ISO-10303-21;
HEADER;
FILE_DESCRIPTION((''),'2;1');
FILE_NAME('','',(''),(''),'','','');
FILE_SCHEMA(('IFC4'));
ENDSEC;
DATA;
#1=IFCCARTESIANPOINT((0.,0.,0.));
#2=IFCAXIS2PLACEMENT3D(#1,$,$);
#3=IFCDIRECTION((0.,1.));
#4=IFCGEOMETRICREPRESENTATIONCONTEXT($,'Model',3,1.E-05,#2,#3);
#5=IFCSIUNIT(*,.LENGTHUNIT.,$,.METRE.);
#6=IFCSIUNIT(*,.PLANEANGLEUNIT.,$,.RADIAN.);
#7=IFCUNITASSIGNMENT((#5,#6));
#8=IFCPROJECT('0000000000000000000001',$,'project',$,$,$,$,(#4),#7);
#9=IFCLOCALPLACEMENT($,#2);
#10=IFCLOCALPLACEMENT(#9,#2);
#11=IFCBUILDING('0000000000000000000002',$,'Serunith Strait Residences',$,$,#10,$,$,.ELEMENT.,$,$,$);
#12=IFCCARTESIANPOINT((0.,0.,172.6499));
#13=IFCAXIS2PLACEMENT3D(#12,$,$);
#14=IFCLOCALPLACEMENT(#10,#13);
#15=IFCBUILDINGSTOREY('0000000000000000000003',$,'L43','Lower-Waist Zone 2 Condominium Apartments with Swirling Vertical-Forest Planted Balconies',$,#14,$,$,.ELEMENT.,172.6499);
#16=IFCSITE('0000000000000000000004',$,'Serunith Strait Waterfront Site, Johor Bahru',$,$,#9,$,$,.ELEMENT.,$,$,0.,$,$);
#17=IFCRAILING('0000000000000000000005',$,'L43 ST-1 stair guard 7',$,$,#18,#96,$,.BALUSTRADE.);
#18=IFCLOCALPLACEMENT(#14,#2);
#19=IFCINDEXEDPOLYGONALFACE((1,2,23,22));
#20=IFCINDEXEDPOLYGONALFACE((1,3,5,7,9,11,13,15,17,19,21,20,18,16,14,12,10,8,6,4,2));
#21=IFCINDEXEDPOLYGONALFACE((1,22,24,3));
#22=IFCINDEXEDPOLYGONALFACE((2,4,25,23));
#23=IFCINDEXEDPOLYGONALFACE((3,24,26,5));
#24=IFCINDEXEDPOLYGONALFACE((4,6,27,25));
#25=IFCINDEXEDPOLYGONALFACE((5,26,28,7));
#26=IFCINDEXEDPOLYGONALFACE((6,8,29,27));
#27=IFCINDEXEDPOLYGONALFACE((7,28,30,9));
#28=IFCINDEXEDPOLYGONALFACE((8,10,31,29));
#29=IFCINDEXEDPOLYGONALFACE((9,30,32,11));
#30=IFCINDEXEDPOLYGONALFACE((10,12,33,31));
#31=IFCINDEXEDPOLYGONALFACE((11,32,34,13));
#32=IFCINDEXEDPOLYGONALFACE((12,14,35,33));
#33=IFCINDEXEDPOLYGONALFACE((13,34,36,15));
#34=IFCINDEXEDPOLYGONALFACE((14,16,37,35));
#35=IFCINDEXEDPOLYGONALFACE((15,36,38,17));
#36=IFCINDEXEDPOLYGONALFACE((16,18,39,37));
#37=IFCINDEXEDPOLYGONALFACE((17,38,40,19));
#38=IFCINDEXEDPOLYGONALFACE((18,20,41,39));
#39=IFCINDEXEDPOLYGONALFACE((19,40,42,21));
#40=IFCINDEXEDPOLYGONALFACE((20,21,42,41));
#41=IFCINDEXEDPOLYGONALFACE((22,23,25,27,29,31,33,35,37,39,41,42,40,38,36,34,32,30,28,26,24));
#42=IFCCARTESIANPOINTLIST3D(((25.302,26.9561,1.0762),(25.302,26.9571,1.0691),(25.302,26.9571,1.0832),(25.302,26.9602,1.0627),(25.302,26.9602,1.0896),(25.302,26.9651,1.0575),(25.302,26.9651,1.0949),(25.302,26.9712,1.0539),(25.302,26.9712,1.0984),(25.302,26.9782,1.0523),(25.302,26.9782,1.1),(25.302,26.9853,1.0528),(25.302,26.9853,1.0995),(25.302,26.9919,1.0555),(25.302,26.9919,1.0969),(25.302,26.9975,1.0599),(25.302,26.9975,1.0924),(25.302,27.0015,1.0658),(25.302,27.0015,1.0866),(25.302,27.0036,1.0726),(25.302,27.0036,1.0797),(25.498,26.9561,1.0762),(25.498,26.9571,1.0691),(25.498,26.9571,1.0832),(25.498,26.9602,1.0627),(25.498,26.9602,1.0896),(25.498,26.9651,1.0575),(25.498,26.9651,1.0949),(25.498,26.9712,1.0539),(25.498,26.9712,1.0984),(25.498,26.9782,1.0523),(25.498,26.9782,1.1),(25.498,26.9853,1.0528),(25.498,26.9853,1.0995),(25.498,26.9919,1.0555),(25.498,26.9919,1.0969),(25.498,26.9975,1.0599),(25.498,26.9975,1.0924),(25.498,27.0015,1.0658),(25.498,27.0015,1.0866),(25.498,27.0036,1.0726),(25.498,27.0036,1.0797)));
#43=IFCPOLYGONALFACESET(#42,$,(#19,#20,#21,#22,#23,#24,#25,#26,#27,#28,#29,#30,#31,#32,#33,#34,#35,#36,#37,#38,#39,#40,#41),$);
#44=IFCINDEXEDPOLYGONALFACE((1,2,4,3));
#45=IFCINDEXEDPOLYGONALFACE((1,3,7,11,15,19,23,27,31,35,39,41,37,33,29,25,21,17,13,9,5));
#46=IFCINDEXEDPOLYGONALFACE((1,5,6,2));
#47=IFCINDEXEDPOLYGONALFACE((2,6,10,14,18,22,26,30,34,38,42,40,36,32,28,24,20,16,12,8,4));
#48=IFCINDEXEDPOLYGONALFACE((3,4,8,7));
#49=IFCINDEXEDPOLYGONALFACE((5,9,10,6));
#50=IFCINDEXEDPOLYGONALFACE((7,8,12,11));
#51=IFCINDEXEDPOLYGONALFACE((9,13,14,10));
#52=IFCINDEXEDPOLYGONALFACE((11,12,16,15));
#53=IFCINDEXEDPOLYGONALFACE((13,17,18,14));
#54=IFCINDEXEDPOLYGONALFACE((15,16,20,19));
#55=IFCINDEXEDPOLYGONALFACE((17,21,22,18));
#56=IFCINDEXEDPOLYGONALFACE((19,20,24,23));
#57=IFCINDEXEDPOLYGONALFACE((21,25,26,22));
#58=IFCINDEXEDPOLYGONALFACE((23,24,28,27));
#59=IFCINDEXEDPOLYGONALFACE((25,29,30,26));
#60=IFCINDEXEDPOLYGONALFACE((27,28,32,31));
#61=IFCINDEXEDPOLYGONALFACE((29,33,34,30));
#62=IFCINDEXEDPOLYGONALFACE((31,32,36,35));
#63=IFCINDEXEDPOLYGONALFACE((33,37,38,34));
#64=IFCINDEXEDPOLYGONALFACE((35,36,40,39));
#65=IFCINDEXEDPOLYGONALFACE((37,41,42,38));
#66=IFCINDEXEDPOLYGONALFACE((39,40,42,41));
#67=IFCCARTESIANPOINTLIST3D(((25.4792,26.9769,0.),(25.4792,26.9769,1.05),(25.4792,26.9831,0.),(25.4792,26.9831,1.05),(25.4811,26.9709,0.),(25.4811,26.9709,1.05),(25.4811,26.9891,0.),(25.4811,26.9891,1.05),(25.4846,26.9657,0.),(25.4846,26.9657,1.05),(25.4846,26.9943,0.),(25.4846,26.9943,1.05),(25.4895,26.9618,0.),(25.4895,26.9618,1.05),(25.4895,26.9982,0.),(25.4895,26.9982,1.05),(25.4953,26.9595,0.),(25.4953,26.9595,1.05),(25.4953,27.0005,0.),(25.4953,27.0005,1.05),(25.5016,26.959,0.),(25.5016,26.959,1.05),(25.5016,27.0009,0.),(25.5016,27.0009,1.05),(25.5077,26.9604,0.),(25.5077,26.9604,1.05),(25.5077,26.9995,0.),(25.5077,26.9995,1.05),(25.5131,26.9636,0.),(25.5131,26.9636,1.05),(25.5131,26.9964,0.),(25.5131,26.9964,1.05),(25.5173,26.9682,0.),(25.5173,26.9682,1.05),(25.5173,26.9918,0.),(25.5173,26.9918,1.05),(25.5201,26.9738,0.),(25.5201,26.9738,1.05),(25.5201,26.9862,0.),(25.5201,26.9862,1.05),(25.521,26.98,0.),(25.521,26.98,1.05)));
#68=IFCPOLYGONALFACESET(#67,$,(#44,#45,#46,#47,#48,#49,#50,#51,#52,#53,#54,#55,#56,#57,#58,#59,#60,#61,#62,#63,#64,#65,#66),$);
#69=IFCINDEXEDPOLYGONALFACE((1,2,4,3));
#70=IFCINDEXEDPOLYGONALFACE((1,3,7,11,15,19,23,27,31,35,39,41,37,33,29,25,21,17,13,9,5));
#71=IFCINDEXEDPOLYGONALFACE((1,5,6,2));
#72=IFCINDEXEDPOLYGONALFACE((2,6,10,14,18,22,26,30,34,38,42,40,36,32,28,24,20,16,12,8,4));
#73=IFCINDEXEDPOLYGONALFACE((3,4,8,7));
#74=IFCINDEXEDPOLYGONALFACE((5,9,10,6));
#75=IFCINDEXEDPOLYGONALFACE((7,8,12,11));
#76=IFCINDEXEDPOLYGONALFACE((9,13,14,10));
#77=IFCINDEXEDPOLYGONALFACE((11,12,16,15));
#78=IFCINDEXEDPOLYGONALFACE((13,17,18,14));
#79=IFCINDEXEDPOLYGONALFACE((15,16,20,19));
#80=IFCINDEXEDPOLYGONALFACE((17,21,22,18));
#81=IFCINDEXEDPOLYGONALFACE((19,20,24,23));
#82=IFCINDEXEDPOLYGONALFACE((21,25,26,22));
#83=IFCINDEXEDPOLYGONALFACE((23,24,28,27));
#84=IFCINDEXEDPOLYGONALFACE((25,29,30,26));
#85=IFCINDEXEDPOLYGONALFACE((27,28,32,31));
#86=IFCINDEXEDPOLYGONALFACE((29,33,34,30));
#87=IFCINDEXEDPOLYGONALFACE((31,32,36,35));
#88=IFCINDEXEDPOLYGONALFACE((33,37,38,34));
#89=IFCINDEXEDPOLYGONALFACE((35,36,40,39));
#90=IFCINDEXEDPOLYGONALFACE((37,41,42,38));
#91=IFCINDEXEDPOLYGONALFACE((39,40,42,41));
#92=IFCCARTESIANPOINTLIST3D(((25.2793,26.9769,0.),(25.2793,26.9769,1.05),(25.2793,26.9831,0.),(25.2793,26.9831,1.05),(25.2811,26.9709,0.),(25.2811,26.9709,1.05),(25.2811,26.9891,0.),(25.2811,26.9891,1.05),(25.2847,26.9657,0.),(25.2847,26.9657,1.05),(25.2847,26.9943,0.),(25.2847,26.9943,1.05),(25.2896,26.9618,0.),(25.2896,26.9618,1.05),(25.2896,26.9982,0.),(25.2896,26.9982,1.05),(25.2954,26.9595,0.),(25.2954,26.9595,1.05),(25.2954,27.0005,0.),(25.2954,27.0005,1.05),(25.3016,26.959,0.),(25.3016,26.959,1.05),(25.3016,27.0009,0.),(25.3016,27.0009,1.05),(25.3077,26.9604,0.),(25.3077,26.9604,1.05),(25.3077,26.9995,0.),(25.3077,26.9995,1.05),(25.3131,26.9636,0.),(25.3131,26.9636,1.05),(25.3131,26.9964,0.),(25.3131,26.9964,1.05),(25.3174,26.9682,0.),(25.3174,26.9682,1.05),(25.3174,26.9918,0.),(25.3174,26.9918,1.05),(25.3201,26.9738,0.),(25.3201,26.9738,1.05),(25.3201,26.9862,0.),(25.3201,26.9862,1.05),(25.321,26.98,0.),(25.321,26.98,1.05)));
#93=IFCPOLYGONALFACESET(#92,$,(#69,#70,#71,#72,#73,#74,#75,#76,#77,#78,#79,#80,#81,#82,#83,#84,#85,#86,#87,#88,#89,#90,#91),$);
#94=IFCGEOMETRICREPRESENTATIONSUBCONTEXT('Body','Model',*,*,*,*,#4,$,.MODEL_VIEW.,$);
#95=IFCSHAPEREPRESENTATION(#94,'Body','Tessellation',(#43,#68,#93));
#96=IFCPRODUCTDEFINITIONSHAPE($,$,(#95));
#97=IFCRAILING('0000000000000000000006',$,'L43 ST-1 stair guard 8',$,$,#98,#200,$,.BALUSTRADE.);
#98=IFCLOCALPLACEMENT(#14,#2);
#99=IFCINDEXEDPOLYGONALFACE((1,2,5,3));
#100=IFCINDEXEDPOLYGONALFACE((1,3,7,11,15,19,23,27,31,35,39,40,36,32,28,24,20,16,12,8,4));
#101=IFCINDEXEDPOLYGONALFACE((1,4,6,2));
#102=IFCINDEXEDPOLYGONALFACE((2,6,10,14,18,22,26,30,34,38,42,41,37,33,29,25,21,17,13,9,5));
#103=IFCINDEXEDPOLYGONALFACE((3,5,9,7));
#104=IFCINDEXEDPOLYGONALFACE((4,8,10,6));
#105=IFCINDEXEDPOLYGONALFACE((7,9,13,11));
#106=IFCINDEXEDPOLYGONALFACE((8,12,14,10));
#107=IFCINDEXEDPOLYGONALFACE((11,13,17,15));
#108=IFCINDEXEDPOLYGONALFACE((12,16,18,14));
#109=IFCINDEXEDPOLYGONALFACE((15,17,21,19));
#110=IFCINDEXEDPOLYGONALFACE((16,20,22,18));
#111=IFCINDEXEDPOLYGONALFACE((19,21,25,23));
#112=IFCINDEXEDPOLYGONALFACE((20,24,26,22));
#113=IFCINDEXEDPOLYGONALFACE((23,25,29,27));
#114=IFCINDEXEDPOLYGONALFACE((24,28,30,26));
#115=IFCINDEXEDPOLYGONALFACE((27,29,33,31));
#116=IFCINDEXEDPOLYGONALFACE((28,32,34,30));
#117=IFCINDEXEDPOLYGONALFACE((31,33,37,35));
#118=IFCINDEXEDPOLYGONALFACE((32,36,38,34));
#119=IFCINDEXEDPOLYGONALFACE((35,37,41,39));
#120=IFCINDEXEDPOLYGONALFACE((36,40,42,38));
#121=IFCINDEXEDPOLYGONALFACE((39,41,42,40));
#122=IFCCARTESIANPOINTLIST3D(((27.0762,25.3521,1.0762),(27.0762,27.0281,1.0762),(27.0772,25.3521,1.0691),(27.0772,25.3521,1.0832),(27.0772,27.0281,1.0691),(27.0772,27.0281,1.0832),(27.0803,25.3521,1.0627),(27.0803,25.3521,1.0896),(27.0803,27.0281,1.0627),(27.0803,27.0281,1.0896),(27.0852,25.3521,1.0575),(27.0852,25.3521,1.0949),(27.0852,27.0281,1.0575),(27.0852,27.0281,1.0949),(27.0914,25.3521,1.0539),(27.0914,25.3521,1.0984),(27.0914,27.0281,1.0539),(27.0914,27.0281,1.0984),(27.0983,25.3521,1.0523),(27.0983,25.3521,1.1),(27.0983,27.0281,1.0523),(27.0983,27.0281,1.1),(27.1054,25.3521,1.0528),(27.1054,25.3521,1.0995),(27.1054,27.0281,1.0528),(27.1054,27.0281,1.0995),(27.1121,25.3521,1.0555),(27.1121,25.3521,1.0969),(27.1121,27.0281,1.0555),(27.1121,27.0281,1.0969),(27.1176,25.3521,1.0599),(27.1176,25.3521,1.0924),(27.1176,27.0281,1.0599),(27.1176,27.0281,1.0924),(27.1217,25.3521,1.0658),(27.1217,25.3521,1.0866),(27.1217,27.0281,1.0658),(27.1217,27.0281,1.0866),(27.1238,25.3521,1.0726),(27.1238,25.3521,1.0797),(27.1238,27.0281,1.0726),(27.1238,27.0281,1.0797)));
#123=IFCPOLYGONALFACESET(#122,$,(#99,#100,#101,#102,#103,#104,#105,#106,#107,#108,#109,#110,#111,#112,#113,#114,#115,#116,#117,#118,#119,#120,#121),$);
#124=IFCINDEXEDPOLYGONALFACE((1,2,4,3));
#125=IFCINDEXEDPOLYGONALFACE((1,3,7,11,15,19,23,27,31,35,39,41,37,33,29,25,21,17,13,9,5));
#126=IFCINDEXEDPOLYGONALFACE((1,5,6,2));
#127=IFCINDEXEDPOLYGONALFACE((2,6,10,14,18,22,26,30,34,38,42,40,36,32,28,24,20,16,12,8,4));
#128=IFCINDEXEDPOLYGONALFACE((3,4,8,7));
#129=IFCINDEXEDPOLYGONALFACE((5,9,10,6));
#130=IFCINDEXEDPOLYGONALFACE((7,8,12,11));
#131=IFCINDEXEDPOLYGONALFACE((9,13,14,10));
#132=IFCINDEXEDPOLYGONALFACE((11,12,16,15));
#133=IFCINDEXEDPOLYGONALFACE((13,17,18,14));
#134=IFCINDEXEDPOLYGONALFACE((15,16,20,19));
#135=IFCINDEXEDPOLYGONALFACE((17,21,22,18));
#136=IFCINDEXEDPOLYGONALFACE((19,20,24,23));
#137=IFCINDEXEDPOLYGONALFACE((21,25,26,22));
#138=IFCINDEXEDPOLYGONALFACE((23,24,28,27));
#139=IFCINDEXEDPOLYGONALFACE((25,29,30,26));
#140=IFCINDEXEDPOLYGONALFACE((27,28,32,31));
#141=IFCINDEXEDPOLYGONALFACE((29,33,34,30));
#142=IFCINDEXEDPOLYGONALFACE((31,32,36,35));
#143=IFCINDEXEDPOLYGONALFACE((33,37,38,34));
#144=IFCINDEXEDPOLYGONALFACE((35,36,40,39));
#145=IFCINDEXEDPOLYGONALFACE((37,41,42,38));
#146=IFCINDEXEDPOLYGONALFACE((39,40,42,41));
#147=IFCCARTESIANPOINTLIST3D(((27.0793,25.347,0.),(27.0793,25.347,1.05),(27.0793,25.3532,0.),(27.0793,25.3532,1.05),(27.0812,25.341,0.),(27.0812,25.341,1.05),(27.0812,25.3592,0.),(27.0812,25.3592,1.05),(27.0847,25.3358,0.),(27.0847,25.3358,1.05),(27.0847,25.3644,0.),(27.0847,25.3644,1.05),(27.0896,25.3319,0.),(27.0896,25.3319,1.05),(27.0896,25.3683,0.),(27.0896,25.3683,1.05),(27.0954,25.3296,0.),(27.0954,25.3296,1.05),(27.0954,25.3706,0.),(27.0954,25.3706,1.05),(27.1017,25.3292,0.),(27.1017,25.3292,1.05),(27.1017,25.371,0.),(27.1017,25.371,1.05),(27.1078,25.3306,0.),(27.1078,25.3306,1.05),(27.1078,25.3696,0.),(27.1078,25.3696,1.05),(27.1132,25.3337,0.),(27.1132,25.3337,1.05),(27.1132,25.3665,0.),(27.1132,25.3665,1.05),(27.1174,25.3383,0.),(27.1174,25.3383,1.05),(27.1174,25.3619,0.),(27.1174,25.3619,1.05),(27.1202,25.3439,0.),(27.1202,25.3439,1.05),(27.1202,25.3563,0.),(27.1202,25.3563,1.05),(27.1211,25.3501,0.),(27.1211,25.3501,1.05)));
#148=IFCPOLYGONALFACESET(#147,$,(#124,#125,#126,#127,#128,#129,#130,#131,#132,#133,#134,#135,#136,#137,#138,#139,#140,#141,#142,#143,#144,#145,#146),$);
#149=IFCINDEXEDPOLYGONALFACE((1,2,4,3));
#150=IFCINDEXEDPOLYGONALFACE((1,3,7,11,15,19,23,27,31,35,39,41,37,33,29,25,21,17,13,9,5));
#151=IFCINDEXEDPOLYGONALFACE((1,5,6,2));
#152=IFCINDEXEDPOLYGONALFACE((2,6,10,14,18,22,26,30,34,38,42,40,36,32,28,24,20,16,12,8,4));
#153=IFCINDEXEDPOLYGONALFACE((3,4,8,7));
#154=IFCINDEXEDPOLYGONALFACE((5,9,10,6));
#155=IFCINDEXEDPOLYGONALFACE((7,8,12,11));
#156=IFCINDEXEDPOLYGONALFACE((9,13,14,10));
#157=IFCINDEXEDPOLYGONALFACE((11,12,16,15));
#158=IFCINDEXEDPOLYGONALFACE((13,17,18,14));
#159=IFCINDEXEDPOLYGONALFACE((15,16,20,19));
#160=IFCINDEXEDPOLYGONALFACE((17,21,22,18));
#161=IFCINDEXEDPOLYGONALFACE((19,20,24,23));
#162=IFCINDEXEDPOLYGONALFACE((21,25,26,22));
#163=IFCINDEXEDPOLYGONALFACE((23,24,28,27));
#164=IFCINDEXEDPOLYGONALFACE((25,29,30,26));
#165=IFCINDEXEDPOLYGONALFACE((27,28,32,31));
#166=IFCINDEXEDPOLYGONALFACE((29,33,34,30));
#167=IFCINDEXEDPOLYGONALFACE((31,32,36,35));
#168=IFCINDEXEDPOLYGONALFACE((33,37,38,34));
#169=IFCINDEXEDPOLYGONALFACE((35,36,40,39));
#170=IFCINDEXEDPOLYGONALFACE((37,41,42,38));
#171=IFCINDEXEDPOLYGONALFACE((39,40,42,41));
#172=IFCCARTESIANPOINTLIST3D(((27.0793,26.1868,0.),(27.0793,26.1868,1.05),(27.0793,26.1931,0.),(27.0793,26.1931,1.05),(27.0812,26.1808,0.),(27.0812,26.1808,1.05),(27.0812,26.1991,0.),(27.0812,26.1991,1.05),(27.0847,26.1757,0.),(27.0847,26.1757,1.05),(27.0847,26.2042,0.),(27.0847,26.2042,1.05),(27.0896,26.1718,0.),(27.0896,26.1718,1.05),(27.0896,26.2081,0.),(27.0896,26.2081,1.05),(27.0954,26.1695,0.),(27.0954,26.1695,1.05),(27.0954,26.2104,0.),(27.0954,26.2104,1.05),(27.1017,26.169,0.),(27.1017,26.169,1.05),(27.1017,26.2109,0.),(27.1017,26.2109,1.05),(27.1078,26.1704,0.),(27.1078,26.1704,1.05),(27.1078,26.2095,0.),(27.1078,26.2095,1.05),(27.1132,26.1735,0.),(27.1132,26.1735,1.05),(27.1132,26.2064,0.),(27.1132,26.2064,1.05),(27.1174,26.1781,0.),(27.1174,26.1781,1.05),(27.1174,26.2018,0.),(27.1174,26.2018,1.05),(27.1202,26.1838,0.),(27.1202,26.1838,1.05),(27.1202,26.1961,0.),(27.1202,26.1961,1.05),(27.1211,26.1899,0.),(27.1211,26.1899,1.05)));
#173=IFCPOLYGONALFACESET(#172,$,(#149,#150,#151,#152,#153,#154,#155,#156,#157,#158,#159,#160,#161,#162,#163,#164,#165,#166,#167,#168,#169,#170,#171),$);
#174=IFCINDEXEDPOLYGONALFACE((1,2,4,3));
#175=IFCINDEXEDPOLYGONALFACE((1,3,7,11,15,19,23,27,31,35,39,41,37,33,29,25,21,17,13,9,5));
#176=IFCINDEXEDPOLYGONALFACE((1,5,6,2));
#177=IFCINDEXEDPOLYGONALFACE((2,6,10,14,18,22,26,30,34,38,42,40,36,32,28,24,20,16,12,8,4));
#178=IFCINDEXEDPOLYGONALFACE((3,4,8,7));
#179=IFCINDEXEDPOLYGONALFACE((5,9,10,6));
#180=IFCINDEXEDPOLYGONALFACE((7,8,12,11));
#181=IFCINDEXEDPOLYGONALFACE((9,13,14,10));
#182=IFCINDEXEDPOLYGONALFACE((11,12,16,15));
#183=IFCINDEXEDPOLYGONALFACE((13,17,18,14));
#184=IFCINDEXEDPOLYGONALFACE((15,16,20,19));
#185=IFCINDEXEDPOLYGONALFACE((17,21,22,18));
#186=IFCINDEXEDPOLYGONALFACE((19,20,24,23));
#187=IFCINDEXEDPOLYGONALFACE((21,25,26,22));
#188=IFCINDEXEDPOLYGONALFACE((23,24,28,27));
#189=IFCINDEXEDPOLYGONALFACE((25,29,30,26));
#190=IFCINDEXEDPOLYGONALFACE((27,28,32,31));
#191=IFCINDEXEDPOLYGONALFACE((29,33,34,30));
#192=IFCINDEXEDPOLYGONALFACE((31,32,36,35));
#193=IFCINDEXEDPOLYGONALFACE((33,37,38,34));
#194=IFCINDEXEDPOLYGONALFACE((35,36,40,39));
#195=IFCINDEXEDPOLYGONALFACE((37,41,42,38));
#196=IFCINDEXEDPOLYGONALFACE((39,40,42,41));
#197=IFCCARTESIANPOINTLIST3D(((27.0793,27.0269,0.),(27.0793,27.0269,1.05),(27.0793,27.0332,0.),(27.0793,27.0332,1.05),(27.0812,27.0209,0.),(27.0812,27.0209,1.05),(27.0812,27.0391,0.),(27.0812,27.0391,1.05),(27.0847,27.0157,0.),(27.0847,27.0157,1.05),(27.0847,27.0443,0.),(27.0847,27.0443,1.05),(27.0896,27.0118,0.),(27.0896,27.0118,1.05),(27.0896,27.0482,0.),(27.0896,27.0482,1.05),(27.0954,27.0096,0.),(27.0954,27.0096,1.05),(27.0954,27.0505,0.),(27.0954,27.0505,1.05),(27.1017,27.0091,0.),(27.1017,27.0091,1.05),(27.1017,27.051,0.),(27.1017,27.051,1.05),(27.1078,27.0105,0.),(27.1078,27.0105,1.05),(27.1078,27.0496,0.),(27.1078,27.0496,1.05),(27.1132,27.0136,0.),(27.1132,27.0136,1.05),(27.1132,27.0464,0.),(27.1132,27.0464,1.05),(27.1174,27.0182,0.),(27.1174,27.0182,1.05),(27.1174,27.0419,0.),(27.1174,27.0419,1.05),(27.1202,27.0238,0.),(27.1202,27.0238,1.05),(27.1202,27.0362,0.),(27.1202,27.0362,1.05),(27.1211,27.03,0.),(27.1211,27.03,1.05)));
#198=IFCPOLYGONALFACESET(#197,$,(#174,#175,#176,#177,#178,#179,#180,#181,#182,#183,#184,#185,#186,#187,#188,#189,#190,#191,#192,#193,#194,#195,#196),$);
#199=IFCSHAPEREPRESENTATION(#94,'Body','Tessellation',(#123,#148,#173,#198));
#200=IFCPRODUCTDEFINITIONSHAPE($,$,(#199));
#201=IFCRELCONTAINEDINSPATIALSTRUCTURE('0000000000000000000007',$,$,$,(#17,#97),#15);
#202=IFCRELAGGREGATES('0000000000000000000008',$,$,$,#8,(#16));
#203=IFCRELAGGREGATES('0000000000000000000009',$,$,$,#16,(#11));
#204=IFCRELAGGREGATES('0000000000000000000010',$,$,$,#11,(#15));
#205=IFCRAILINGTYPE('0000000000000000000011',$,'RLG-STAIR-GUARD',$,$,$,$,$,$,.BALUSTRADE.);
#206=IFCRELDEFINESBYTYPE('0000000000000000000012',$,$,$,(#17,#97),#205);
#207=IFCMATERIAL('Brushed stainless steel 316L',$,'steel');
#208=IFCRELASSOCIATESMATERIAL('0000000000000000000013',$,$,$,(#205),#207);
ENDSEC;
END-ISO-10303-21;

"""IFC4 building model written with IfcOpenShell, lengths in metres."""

from ifc_helpers import new_model, si_unit, direction, frame, origin, origin_2d, place, context, subcontext, project, spatial, circle, extrude, material, type_object, element, save


model = new_model("IFC4")

# Units and contexts
model_context = context("Model", 3, precision=1e-05, world=origin(), true_north=direction((0.0, 1.0)))
body_context = subcontext(model_context, "Body", "Model", "MODEL_VIEW")
ifc_project = project(units=[si_unit("LENGTHUNIT", "METRE"), si_unit("PLANEANGLEUNIT", "RADIAN")], contexts=[model_context])

# Site, building, storey
site_placement = place(None, origin())
site = spatial("IfcSite", under=ifc_project, at=site_placement, Name="Serunith Strait Waterfront Site, Johor Bahru", CompositionType="ELEMENT", RefElevation=0.0)
building_placement = place(site_placement, origin())
building = spatial("IfcBuilding", under=site, at=building_placement, Name="Serunith Strait Residences", CompositionType="ELEMENT")
storey_placement = place(building_placement, frame((0.0, 0.0, 172.6499)))
storey = spatial("IfcBuildingStorey", under=building, at=storey_placement, Name="L43", Description="Lower-Waist Zone 2 Condominium Apartments with Swirling Vertical-Forest Planted Balconies", CompositionType="ELEMENT", Elevation=172.6499)

# Railings
ifc_material_1 = material(Name="Brushed stainless steel 316L", Category="steel")
railing_type_1 = type_object("IfcRailingType", Name="RLG-STAIR-GUARD", PredefinedType="BALUSTRADE", material=ifc_material_1)
railing_1_placement = place(storey_placement, frame((25.5, 26.98, 0.0)))
element("IfcRailing", 1, at=railing_1_placement, inside=storey, type_object=railing_type_1, Name="L43 ST-1 stair guard 7", PredefinedType="BALUSTRADE", context=body_context, shape_type="SweptSolid", body=[
    extrude(circle(Radius=0.0239, at=origin_2d()), frame((-0.002, 0.0, 1.0762), z_axis=(-1.0, 0.0, 0.0), x_axis=(0.0, -1.0, 0.0)), (0.0, 0.0, 1.0), 0.196),
    extrude(circle(Radius=0.021, at=origin_2d()), origin(), (0.0, 0.0, 1.0), 1.05),
    extrude(circle(Radius=0.021, at=origin_2d()), frame((-0.2, 0.0, 0.0)), (0.0, 0.0, 1.0), 1.05),
])
for number, where, name in (
    (2, (27.1001, 25.3501, 0.0), "L43 ST-1 stair guard 8"),
):
    element("IfcRailing", number, at=place(storey_placement, frame(where)), inside=storey, type_object=railing_type_1, Name=name, PredefinedType="BALUSTRADE", context=body_context, shape_type="SweptSolid", body=[
        extrude(circle(Radius=0.0239, at=origin_2d()), frame((0.0, 0.002, 1.0762), z_axis=(0.0, 1.0, 0.0), x_axis=(-1.0, 0.0, 0.0)), (0.0, 0.0, 1.0), 1.676),
        extrude(circle(Radius=0.021, at=origin_2d()), origin(), (0.0, 0.0, 1.0), 1.05),
        extrude(circle(Radius=0.021, at=origin_2d()), frame((0.0, 0.8398, 0.0)), (0.0, 0.0, 1.0), 1.05),
        extrude(circle(Radius=0.021, at=origin_2d()), frame((0.0, 1.6799, 0.0)), (0.0, 0.0, 1.0), 1.05),
    ])

save(model, "model.ifc")
